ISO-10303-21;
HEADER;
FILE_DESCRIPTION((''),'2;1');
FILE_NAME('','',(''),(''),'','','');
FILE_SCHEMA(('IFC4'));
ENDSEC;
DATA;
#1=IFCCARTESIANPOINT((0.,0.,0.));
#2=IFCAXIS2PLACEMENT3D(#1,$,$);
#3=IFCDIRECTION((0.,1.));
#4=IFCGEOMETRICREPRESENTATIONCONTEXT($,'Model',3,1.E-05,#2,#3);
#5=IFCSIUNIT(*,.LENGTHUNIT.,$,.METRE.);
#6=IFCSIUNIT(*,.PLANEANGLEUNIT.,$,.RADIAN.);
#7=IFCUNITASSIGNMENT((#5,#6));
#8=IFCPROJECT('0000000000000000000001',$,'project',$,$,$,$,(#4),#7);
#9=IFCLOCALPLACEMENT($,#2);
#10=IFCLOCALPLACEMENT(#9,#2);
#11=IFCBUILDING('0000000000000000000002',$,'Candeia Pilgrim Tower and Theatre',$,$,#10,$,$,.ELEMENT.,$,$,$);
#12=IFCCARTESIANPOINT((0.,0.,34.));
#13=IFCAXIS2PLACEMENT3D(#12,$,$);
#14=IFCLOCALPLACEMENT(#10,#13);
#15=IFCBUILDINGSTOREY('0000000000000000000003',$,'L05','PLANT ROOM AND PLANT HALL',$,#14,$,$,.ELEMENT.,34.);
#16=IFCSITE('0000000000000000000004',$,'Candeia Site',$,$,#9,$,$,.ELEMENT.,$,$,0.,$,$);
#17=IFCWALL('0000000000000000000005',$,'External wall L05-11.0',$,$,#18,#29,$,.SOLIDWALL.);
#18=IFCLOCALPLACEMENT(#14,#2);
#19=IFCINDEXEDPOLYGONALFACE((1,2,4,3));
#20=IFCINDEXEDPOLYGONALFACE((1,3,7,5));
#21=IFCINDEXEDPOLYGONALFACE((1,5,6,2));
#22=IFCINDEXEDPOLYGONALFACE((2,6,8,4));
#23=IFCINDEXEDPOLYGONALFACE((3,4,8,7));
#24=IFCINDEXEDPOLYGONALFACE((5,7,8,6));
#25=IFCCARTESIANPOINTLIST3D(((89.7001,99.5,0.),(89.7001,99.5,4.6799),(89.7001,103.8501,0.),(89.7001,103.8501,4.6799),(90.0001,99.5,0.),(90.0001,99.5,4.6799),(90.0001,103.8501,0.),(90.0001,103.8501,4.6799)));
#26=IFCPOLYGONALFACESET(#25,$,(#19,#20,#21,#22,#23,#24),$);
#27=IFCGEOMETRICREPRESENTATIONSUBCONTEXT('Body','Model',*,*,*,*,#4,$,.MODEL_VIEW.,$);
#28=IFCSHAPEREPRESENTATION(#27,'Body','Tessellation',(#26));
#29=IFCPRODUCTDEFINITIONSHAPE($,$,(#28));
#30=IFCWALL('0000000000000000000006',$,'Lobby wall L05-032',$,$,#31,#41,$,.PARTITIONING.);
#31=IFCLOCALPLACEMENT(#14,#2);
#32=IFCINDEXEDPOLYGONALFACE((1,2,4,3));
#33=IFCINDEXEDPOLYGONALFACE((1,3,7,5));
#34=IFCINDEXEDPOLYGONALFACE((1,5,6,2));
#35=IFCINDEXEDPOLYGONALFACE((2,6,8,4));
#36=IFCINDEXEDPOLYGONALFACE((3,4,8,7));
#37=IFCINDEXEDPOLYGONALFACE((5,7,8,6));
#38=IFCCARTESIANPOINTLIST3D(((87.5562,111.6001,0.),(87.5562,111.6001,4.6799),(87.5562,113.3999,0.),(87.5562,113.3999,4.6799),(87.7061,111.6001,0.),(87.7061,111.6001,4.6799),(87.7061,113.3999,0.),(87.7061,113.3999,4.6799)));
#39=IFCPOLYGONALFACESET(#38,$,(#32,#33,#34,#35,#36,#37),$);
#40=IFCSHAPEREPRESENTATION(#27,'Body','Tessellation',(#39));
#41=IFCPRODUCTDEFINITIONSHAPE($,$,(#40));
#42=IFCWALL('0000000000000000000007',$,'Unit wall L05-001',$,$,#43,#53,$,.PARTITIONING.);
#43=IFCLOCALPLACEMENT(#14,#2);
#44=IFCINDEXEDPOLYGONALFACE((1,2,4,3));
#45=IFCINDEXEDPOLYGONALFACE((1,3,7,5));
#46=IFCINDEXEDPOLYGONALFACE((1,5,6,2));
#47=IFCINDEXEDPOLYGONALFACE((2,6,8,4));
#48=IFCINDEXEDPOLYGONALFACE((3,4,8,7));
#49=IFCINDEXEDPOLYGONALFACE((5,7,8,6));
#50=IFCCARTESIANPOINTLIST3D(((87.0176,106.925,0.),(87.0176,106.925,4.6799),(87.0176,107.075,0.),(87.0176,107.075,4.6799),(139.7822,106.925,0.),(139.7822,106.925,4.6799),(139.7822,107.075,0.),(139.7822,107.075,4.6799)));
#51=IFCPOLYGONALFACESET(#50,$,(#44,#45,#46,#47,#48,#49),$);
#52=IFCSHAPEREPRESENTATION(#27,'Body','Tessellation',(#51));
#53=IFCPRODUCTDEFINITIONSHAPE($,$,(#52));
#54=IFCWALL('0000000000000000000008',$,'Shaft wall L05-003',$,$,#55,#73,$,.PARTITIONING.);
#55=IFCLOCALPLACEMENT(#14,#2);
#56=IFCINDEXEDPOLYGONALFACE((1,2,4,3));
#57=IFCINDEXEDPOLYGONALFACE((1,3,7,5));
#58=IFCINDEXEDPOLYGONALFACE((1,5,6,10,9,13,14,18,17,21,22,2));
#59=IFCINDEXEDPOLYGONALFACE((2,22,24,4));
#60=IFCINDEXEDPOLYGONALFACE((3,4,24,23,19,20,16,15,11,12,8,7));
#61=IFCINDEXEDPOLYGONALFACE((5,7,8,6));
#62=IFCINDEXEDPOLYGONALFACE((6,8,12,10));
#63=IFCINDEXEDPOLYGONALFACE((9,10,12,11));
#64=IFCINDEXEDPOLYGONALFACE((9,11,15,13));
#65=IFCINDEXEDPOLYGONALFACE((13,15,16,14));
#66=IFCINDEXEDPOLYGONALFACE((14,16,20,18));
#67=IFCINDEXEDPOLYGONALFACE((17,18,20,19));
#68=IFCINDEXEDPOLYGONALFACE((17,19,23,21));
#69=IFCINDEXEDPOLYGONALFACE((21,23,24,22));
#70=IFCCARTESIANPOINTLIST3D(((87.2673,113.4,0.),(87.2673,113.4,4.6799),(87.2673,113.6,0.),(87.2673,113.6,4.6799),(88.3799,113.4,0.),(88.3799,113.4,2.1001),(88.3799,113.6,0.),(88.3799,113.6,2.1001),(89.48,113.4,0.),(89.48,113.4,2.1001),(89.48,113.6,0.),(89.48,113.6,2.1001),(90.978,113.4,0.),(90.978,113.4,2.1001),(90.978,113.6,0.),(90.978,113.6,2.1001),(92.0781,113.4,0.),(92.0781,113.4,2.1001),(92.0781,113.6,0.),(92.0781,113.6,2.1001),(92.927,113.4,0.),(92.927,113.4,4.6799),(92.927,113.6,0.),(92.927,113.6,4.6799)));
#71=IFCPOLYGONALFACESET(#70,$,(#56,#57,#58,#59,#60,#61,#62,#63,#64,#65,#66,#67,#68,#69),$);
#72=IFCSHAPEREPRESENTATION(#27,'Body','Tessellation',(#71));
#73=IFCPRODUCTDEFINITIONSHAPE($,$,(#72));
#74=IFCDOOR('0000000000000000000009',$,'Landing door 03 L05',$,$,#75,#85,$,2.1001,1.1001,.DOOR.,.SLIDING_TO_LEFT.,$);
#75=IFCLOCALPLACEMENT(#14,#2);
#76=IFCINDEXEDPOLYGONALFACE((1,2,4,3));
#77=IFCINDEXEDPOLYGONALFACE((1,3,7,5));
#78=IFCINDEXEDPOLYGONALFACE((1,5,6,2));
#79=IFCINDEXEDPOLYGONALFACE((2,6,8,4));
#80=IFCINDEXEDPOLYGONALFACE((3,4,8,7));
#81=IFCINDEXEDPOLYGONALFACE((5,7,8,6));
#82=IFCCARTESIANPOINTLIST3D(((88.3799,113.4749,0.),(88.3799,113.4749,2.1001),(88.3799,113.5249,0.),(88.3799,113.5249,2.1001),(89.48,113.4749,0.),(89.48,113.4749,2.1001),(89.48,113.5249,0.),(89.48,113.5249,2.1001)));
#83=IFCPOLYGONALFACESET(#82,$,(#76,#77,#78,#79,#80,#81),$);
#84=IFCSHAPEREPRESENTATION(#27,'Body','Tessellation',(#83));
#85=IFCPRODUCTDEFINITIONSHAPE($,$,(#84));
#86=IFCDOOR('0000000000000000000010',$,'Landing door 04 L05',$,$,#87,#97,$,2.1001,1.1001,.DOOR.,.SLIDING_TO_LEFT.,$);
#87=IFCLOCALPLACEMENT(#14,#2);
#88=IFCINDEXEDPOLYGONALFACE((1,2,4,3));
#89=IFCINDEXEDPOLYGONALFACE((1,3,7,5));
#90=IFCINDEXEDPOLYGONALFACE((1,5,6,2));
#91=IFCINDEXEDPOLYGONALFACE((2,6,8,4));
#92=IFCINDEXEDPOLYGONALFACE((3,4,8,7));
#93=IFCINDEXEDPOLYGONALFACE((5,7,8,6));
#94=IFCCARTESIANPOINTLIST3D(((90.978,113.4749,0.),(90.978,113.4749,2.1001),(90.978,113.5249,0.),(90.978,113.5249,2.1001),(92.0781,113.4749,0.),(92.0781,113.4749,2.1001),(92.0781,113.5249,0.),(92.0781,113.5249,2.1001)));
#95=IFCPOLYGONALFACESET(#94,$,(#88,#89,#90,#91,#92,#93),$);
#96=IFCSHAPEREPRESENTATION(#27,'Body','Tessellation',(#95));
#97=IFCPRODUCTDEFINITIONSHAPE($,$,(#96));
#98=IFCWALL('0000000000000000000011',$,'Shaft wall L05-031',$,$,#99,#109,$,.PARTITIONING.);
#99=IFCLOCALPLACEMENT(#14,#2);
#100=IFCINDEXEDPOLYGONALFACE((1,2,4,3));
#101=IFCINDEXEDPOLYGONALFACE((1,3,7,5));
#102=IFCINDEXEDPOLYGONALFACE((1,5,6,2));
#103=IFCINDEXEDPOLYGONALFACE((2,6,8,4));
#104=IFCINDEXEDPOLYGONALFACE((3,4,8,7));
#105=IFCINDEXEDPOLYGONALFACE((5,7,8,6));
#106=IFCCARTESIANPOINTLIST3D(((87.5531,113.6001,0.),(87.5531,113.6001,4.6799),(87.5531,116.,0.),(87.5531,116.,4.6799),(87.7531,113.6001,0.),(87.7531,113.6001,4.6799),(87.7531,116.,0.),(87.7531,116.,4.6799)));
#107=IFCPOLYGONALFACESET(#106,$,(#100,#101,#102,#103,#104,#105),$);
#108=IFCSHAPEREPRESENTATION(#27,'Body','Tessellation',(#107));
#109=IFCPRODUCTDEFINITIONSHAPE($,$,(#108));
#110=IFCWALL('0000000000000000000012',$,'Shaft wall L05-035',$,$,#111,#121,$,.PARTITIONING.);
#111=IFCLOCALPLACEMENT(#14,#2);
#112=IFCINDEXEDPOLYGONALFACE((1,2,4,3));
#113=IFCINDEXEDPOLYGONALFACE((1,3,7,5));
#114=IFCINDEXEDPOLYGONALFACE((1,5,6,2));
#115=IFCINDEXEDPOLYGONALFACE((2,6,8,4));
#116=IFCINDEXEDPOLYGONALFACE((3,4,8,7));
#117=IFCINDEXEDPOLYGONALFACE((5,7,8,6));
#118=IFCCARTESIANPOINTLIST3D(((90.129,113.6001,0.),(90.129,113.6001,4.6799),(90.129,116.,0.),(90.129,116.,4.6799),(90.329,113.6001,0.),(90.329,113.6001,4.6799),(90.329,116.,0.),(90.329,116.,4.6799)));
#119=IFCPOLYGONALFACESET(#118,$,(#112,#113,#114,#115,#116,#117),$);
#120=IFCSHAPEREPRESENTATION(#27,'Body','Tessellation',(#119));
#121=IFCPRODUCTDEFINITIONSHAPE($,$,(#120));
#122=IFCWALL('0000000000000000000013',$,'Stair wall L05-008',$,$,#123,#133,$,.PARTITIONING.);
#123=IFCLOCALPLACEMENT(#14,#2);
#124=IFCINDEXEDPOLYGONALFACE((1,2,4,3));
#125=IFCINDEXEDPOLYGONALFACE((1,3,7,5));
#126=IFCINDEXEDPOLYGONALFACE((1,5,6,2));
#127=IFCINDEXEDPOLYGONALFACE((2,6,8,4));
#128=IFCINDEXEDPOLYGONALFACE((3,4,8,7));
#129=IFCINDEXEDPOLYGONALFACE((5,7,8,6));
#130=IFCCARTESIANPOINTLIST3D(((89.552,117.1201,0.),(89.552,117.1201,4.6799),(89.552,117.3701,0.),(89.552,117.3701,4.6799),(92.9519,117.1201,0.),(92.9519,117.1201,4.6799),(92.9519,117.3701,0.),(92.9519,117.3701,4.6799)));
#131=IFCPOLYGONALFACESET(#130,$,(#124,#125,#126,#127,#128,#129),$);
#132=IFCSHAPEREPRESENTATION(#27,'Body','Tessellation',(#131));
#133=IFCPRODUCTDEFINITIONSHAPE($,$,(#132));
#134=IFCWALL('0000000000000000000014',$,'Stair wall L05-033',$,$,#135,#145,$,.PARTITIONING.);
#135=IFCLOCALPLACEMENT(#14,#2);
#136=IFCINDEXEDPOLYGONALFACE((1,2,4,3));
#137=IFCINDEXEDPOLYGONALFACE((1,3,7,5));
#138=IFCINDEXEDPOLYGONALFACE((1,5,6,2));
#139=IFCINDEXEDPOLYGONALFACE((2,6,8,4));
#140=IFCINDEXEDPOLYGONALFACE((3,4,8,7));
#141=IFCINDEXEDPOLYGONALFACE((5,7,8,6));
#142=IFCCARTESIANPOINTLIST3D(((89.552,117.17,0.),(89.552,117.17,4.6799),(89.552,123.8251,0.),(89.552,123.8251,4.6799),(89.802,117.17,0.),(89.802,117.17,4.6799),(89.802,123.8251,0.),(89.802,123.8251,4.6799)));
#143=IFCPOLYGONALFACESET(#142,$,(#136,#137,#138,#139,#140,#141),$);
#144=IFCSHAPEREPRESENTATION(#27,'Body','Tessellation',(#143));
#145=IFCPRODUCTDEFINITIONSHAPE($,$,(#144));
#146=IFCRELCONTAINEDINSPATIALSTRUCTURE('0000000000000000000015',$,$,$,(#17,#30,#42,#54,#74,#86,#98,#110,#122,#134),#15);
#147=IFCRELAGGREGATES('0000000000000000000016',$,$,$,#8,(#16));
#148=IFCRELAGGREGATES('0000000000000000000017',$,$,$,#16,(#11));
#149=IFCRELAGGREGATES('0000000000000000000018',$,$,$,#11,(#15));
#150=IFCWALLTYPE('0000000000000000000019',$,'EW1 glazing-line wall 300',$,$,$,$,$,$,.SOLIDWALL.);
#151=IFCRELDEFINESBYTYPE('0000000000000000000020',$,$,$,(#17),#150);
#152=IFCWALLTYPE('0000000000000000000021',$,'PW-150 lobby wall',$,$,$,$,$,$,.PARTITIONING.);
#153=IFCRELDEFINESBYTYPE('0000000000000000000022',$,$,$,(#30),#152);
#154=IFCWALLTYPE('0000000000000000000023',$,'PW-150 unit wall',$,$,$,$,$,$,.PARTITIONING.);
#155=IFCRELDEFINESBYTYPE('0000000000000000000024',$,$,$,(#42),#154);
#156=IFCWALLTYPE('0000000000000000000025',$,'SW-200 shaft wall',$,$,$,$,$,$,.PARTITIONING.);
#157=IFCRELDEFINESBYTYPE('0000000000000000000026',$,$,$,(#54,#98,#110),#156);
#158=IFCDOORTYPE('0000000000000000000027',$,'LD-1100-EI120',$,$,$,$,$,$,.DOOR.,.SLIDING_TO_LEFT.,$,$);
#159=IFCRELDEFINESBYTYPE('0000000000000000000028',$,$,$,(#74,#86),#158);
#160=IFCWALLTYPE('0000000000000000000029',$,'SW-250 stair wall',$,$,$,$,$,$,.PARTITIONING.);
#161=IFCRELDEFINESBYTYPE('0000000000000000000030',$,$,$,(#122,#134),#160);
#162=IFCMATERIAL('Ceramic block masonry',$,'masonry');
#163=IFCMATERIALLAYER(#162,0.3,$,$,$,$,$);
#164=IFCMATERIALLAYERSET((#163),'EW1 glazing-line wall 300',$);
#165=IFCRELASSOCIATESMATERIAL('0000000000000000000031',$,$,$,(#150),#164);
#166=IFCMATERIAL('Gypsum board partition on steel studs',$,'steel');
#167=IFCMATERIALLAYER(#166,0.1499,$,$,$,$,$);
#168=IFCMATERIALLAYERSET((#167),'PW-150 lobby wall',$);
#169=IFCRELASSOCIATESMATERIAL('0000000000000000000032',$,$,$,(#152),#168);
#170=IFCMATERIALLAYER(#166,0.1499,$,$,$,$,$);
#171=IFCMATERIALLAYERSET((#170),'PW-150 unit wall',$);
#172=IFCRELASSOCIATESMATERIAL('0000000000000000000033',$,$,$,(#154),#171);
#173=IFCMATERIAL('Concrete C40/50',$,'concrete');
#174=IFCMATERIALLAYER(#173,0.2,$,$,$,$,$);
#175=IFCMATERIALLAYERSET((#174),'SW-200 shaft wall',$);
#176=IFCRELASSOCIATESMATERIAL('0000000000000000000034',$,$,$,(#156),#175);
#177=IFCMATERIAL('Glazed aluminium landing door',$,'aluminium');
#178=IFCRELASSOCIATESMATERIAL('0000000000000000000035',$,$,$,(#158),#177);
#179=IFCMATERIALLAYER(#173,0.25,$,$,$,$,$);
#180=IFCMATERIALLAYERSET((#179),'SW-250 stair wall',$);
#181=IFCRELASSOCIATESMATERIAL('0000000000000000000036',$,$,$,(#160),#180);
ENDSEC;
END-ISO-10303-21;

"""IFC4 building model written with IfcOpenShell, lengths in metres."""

from ifc_helpers import new_model, si_unit, direction, frame, frame_2d, origin, place, context, subcontext, project, spatial, rectangle, extrude, material, layer, layer_set, type_object, element, fill, save


model = new_model("IFC4")

# Units and contexts
model_context = context("Model", 3, precision=1e-05, world=origin(), true_north=direction((0.0, 1.0)))
body_context = subcontext(model_context, "Body", "Model", "MODEL_VIEW")
ifc_project = project(units=[si_unit("LENGTHUNIT", "METRE"), si_unit("PLANEANGLEUNIT", "RADIAN")], contexts=[model_context])

# Site, building, storey
site_placement = place(None, origin())
site = spatial("IfcSite", under=ifc_project, at=site_placement, Name="Candeia Site", CompositionType="ELEMENT", RefElevation=0.0)
building_placement = place(site_placement, origin())
building = spatial("IfcBuilding", under=site, at=building_placement, Name="Candeia Pilgrim Tower and Theatre", CompositionType="ELEMENT")
storey_placement = place(building_placement, frame((0.0, 0.0, 34.0)))
storey = spatial("IfcBuildingStorey", under=building, at=storey_placement, Name="L05", Description="PLANT ROOM AND PLANT HALL", CompositionType="ELEMENT", Elevation=34.0)

# Walls
ifc_material_1 = material(Name="Ceramic block masonry", Category="masonry")
ifc_layer_1 = layer(ifc_material_1, 0.3)
ifc_layer_set_1 = layer_set([ifc_layer_1], Name="EW1 glazing-line wall 300")
wall_type_1 = type_object("IfcWallType", Name="EW1 glazing-line wall 300", PredefinedType="SOLIDWALL", material=ifc_layer_set_1)
wall_1_placement = place(storey_placement, frame((89.8501, 103.8501, 0.0), z_axis=(0.0, 0.0, 1.0), x_axis=(0.0, -1.0, 0.0)))
element("IfcWall", 1, at=wall_1_placement, inside=storey, type_object=wall_type_1, Name="External wall L05-11.0", PredefinedType="SOLIDWALL", context=body_context, shape_type="SweptSolid", body=[
    extrude(rectangle(XDim=4.3501, YDim=0.3, at=frame_2d((2.175, 0.0))), origin(), (0.0, 0.0, 1.0), 4.6799),
])
ifc_material_2 = material(Name="Gypsum board partition on steel studs", Category="steel")
ifc_layer_2 = layer(ifc_material_2, 0.1499)
ifc_layer_set_2 = layer_set([ifc_layer_2], Name="PW-150 lobby wall")
wall_type_2 = type_object("IfcWallType", Name="PW-150 lobby wall", PredefinedType="PARTITIONING", material=ifc_layer_set_2)
wall_2_placement = place(storey_placement, frame((87.6311, 111.6001, 0.0), z_axis=(0.0, 0.0, 1.0), x_axis=(0.0, 1.0, 0.0)))
element("IfcWall", 2, at=wall_2_placement, inside=storey, type_object=wall_type_2, Name="Lobby wall L05-032", PredefinedType="PARTITIONING", context=body_context, shape_type="SweptSolid", body=[
    extrude(rectangle(XDim=1.7998, YDim=0.1499, at=frame_2d((0.8999, 0.0))), origin(), (0.0, 0.0, 1.0), 4.6799),
])
ifc_layer_3 = layer(ifc_material_2, 0.1499)
ifc_layer_set_3 = layer_set([ifc_layer_3], Name="PW-150 unit wall")
wall_type_3 = type_object("IfcWallType", Name="PW-150 unit wall", PredefinedType="PARTITIONING", material=ifc_layer_set_3)
wall_3_placement = place(storey_placement, frame((87.0176, 107.0, 0.0), z_axis=(0.0, 0.0, 1.0), x_axis=(1.0, 0.0, 0.0)))
element("IfcWall", 3, at=wall_3_placement, inside=storey, type_object=wall_type_3, Name="Unit wall L05-001", PredefinedType="PARTITIONING", context=body_context, shape_type="SweptSolid", body=[
    extrude(rectangle(XDim=52.7646, YDim=0.1499, at=frame_2d((26.3823, 0.0))), origin(), (0.0, 0.0, 1.0), 4.6799),
])

# Wall, openings, doors
ifc_material_3 = material(Name="Concrete C40/50", Category="concrete")
ifc_layer_4 = layer(ifc_material_3, 0.2)
ifc_layer_set_4 = layer_set([ifc_layer_4], Name="SW-200 shaft wall")
wall_type_4 = type_object("IfcWallType", Name="SW-200 shaft wall", PredefinedType="PARTITIONING", material=ifc_layer_set_4)
wall_4_placement = place(storey_placement, frame((87.2673, 113.5, 0.0), z_axis=(0.0, 0.0, 1.0), x_axis=(1.0, 0.0, 0.0)))
wall_4 = element("IfcWall", 4, at=wall_4_placement, inside=storey, type_object=wall_type_4, Name="Shaft wall L05-003", PredefinedType="PARTITIONING", context=body_context, shape_type="SweptSolid", body=[
    extrude(rectangle(XDim=5.6597, YDim=0.2, at=frame_2d((2.8298, 0.0))), origin(), (0.0, 0.0, 1.0), 4.6799),
])
opening_1_placement = place(wall_4_placement, frame((1.1125, 0.0, 0.0)))
opening_1 = element("IfcOpeningElement", 5, at=opening_1_placement, cuts=wall_4, PredefinedType="OPENING", context=body_context, shape_type="SweptSolid", body=[
    extrude(rectangle(XDim=1.1001, YDim=2.1001, at=frame_2d((0.55, 1.05))), frame((0.0, 0.1099, 0.0), z_axis=(0.0, -1.0, 0.0), x_axis=(1.0, 0.0, 0.0)), (0.0, 0.0, 1.0), 0.22),
])
opening_2_placement = place(wall_4_placement, frame((3.7107, 0.0, 0.0)))
opening_2 = element("IfcOpeningElement", 6, at=opening_2_placement, cuts=wall_4, PredefinedType="OPENING", context=body_context, shape_type="SweptSolid", body=[
    extrude(rectangle(XDim=1.1001, YDim=2.1001, at=frame_2d((0.55, 1.05))), frame((0.0, 0.1099, 0.0), z_axis=(0.0, -1.0, 0.0), x_axis=(1.0, 0.0, 0.0)), (0.0, 0.0, 1.0), 0.22),
])
ifc_material_4 = material(Name="Glazed aluminium landing door", Category="aluminium")
door_type = type_object("IfcDoorType", Name="LD-1100-EI120", OperationType="SLIDING_TO_LEFT", PredefinedType="DOOR", material=ifc_material_4)
door_1_placement = place(opening_1_placement, origin())
door_1 = element("IfcDoor", 7, at=door_1_placement, inside=storey, type_object=door_type, Name="Landing door 03 L05", OperationType="SLIDING_TO_LEFT", OverallHeight=2.1001, OverallWidth=1.1001, PredefinedType="DOOR", context=body_context, shape_type="SweptSolid", body=[
    extrude(rectangle(XDim=1.1001, YDim=2.1001, at=frame_2d((0.55, 1.05))), frame((0.0, 0.0249, 0.0), z_axis=(0.0, -1.0, 0.0), x_axis=(1.0, 0.0, 0.0)), (0.0, 0.0, 1.0), 0.05),
])
fill(opening_1, door_1)
door_2_placement = place(opening_2_placement, origin())
door_2 = element("IfcDoor", 8, at=door_2_placement, inside=storey, type_object=door_type, Name="Landing door 04 L05", OperationType="SLIDING_TO_LEFT", OverallHeight=2.1001, OverallWidth=1.1001, PredefinedType="DOOR", context=body_context, shape_type="SweptSolid", body=[
    extrude(rectangle(XDim=1.1001, YDim=2.1001, at=frame_2d((0.55, 1.05))), frame((0.0, 0.0249, 0.0), z_axis=(0.0, -1.0, 0.0), x_axis=(1.0, 0.0, 0.0)), (0.0, 0.0, 1.0), 0.05),
])
fill(opening_2, door_2)

# Walls
for number, where, z_axis, x_axis, name in (
    (9, (87.6531, 113.6001, 0.0), (0.0, 0.0, 1.0), (0.0, 1.0, 0.0), "Shaft wall L05-031"),
    (10, (90.229, 113.6001, 0.0), (0.0, 0.0, 1.0), (0.0, 1.0, 0.0), "Shaft wall L05-035"),
):
    element("IfcWall", number, at=place(storey_placement, frame(where, z_axis=z_axis, x_axis=x_axis)), inside=storey, type_object=wall_type_4, Name=name, PredefinedType="PARTITIONING", context=body_context, shape_type="SweptSolid", body=[
        extrude(rectangle(XDim=2.3999, YDim=0.2, at=frame_2d((1.2, 0.0))), origin(), (0.0, 0.0, 1.0), 4.6799),
    ])
ifc_layer_5 = layer(ifc_material_3, 0.25)
ifc_layer_set_5 = layer_set([ifc_layer_5], Name="SW-250 stair wall")
wall_type_5 = type_object("IfcWallType", Name="SW-250 stair wall", PredefinedType="PARTITIONING", material=ifc_layer_set_5)
wall_5_placement = place(storey_placement, frame((89.552, 117.2451, 0.0), z_axis=(0.0, 0.0, 1.0), x_axis=(1.0, 0.0, 0.0)))
element("IfcWall", 11, at=wall_5_placement, inside=storey, type_object=wall_type_5, Name="Stair wall L05-008", PredefinedType="PARTITIONING", context=body_context, shape_type="SweptSolid", body=[
    extrude(rectangle(XDim=3.3999, YDim=0.25, at=frame_2d((1.7, 0.0))), origin(), (0.0, 0.0, 1.0), 4.6799),
])
wall_6_placement = place(storey_placement, frame((89.677, 117.1699, 0.0), z_axis=(0.0, 0.0, 1.0), x_axis=(0.0, 1.0, 0.0)))
element("IfcWall", 12, at=wall_6_placement, inside=storey, type_object=wall_type_5, Name="Stair wall L05-033", PredefinedType="PARTITIONING", context=body_context, shape_type="SweptSolid", body=[
    extrude(rectangle(XDim=6.655, YDim=0.25, at=frame_2d((3.3276, 0.0))), origin(), (0.0, 0.0, 1.0), 4.6799),
])

save(model, "model.ifc")
